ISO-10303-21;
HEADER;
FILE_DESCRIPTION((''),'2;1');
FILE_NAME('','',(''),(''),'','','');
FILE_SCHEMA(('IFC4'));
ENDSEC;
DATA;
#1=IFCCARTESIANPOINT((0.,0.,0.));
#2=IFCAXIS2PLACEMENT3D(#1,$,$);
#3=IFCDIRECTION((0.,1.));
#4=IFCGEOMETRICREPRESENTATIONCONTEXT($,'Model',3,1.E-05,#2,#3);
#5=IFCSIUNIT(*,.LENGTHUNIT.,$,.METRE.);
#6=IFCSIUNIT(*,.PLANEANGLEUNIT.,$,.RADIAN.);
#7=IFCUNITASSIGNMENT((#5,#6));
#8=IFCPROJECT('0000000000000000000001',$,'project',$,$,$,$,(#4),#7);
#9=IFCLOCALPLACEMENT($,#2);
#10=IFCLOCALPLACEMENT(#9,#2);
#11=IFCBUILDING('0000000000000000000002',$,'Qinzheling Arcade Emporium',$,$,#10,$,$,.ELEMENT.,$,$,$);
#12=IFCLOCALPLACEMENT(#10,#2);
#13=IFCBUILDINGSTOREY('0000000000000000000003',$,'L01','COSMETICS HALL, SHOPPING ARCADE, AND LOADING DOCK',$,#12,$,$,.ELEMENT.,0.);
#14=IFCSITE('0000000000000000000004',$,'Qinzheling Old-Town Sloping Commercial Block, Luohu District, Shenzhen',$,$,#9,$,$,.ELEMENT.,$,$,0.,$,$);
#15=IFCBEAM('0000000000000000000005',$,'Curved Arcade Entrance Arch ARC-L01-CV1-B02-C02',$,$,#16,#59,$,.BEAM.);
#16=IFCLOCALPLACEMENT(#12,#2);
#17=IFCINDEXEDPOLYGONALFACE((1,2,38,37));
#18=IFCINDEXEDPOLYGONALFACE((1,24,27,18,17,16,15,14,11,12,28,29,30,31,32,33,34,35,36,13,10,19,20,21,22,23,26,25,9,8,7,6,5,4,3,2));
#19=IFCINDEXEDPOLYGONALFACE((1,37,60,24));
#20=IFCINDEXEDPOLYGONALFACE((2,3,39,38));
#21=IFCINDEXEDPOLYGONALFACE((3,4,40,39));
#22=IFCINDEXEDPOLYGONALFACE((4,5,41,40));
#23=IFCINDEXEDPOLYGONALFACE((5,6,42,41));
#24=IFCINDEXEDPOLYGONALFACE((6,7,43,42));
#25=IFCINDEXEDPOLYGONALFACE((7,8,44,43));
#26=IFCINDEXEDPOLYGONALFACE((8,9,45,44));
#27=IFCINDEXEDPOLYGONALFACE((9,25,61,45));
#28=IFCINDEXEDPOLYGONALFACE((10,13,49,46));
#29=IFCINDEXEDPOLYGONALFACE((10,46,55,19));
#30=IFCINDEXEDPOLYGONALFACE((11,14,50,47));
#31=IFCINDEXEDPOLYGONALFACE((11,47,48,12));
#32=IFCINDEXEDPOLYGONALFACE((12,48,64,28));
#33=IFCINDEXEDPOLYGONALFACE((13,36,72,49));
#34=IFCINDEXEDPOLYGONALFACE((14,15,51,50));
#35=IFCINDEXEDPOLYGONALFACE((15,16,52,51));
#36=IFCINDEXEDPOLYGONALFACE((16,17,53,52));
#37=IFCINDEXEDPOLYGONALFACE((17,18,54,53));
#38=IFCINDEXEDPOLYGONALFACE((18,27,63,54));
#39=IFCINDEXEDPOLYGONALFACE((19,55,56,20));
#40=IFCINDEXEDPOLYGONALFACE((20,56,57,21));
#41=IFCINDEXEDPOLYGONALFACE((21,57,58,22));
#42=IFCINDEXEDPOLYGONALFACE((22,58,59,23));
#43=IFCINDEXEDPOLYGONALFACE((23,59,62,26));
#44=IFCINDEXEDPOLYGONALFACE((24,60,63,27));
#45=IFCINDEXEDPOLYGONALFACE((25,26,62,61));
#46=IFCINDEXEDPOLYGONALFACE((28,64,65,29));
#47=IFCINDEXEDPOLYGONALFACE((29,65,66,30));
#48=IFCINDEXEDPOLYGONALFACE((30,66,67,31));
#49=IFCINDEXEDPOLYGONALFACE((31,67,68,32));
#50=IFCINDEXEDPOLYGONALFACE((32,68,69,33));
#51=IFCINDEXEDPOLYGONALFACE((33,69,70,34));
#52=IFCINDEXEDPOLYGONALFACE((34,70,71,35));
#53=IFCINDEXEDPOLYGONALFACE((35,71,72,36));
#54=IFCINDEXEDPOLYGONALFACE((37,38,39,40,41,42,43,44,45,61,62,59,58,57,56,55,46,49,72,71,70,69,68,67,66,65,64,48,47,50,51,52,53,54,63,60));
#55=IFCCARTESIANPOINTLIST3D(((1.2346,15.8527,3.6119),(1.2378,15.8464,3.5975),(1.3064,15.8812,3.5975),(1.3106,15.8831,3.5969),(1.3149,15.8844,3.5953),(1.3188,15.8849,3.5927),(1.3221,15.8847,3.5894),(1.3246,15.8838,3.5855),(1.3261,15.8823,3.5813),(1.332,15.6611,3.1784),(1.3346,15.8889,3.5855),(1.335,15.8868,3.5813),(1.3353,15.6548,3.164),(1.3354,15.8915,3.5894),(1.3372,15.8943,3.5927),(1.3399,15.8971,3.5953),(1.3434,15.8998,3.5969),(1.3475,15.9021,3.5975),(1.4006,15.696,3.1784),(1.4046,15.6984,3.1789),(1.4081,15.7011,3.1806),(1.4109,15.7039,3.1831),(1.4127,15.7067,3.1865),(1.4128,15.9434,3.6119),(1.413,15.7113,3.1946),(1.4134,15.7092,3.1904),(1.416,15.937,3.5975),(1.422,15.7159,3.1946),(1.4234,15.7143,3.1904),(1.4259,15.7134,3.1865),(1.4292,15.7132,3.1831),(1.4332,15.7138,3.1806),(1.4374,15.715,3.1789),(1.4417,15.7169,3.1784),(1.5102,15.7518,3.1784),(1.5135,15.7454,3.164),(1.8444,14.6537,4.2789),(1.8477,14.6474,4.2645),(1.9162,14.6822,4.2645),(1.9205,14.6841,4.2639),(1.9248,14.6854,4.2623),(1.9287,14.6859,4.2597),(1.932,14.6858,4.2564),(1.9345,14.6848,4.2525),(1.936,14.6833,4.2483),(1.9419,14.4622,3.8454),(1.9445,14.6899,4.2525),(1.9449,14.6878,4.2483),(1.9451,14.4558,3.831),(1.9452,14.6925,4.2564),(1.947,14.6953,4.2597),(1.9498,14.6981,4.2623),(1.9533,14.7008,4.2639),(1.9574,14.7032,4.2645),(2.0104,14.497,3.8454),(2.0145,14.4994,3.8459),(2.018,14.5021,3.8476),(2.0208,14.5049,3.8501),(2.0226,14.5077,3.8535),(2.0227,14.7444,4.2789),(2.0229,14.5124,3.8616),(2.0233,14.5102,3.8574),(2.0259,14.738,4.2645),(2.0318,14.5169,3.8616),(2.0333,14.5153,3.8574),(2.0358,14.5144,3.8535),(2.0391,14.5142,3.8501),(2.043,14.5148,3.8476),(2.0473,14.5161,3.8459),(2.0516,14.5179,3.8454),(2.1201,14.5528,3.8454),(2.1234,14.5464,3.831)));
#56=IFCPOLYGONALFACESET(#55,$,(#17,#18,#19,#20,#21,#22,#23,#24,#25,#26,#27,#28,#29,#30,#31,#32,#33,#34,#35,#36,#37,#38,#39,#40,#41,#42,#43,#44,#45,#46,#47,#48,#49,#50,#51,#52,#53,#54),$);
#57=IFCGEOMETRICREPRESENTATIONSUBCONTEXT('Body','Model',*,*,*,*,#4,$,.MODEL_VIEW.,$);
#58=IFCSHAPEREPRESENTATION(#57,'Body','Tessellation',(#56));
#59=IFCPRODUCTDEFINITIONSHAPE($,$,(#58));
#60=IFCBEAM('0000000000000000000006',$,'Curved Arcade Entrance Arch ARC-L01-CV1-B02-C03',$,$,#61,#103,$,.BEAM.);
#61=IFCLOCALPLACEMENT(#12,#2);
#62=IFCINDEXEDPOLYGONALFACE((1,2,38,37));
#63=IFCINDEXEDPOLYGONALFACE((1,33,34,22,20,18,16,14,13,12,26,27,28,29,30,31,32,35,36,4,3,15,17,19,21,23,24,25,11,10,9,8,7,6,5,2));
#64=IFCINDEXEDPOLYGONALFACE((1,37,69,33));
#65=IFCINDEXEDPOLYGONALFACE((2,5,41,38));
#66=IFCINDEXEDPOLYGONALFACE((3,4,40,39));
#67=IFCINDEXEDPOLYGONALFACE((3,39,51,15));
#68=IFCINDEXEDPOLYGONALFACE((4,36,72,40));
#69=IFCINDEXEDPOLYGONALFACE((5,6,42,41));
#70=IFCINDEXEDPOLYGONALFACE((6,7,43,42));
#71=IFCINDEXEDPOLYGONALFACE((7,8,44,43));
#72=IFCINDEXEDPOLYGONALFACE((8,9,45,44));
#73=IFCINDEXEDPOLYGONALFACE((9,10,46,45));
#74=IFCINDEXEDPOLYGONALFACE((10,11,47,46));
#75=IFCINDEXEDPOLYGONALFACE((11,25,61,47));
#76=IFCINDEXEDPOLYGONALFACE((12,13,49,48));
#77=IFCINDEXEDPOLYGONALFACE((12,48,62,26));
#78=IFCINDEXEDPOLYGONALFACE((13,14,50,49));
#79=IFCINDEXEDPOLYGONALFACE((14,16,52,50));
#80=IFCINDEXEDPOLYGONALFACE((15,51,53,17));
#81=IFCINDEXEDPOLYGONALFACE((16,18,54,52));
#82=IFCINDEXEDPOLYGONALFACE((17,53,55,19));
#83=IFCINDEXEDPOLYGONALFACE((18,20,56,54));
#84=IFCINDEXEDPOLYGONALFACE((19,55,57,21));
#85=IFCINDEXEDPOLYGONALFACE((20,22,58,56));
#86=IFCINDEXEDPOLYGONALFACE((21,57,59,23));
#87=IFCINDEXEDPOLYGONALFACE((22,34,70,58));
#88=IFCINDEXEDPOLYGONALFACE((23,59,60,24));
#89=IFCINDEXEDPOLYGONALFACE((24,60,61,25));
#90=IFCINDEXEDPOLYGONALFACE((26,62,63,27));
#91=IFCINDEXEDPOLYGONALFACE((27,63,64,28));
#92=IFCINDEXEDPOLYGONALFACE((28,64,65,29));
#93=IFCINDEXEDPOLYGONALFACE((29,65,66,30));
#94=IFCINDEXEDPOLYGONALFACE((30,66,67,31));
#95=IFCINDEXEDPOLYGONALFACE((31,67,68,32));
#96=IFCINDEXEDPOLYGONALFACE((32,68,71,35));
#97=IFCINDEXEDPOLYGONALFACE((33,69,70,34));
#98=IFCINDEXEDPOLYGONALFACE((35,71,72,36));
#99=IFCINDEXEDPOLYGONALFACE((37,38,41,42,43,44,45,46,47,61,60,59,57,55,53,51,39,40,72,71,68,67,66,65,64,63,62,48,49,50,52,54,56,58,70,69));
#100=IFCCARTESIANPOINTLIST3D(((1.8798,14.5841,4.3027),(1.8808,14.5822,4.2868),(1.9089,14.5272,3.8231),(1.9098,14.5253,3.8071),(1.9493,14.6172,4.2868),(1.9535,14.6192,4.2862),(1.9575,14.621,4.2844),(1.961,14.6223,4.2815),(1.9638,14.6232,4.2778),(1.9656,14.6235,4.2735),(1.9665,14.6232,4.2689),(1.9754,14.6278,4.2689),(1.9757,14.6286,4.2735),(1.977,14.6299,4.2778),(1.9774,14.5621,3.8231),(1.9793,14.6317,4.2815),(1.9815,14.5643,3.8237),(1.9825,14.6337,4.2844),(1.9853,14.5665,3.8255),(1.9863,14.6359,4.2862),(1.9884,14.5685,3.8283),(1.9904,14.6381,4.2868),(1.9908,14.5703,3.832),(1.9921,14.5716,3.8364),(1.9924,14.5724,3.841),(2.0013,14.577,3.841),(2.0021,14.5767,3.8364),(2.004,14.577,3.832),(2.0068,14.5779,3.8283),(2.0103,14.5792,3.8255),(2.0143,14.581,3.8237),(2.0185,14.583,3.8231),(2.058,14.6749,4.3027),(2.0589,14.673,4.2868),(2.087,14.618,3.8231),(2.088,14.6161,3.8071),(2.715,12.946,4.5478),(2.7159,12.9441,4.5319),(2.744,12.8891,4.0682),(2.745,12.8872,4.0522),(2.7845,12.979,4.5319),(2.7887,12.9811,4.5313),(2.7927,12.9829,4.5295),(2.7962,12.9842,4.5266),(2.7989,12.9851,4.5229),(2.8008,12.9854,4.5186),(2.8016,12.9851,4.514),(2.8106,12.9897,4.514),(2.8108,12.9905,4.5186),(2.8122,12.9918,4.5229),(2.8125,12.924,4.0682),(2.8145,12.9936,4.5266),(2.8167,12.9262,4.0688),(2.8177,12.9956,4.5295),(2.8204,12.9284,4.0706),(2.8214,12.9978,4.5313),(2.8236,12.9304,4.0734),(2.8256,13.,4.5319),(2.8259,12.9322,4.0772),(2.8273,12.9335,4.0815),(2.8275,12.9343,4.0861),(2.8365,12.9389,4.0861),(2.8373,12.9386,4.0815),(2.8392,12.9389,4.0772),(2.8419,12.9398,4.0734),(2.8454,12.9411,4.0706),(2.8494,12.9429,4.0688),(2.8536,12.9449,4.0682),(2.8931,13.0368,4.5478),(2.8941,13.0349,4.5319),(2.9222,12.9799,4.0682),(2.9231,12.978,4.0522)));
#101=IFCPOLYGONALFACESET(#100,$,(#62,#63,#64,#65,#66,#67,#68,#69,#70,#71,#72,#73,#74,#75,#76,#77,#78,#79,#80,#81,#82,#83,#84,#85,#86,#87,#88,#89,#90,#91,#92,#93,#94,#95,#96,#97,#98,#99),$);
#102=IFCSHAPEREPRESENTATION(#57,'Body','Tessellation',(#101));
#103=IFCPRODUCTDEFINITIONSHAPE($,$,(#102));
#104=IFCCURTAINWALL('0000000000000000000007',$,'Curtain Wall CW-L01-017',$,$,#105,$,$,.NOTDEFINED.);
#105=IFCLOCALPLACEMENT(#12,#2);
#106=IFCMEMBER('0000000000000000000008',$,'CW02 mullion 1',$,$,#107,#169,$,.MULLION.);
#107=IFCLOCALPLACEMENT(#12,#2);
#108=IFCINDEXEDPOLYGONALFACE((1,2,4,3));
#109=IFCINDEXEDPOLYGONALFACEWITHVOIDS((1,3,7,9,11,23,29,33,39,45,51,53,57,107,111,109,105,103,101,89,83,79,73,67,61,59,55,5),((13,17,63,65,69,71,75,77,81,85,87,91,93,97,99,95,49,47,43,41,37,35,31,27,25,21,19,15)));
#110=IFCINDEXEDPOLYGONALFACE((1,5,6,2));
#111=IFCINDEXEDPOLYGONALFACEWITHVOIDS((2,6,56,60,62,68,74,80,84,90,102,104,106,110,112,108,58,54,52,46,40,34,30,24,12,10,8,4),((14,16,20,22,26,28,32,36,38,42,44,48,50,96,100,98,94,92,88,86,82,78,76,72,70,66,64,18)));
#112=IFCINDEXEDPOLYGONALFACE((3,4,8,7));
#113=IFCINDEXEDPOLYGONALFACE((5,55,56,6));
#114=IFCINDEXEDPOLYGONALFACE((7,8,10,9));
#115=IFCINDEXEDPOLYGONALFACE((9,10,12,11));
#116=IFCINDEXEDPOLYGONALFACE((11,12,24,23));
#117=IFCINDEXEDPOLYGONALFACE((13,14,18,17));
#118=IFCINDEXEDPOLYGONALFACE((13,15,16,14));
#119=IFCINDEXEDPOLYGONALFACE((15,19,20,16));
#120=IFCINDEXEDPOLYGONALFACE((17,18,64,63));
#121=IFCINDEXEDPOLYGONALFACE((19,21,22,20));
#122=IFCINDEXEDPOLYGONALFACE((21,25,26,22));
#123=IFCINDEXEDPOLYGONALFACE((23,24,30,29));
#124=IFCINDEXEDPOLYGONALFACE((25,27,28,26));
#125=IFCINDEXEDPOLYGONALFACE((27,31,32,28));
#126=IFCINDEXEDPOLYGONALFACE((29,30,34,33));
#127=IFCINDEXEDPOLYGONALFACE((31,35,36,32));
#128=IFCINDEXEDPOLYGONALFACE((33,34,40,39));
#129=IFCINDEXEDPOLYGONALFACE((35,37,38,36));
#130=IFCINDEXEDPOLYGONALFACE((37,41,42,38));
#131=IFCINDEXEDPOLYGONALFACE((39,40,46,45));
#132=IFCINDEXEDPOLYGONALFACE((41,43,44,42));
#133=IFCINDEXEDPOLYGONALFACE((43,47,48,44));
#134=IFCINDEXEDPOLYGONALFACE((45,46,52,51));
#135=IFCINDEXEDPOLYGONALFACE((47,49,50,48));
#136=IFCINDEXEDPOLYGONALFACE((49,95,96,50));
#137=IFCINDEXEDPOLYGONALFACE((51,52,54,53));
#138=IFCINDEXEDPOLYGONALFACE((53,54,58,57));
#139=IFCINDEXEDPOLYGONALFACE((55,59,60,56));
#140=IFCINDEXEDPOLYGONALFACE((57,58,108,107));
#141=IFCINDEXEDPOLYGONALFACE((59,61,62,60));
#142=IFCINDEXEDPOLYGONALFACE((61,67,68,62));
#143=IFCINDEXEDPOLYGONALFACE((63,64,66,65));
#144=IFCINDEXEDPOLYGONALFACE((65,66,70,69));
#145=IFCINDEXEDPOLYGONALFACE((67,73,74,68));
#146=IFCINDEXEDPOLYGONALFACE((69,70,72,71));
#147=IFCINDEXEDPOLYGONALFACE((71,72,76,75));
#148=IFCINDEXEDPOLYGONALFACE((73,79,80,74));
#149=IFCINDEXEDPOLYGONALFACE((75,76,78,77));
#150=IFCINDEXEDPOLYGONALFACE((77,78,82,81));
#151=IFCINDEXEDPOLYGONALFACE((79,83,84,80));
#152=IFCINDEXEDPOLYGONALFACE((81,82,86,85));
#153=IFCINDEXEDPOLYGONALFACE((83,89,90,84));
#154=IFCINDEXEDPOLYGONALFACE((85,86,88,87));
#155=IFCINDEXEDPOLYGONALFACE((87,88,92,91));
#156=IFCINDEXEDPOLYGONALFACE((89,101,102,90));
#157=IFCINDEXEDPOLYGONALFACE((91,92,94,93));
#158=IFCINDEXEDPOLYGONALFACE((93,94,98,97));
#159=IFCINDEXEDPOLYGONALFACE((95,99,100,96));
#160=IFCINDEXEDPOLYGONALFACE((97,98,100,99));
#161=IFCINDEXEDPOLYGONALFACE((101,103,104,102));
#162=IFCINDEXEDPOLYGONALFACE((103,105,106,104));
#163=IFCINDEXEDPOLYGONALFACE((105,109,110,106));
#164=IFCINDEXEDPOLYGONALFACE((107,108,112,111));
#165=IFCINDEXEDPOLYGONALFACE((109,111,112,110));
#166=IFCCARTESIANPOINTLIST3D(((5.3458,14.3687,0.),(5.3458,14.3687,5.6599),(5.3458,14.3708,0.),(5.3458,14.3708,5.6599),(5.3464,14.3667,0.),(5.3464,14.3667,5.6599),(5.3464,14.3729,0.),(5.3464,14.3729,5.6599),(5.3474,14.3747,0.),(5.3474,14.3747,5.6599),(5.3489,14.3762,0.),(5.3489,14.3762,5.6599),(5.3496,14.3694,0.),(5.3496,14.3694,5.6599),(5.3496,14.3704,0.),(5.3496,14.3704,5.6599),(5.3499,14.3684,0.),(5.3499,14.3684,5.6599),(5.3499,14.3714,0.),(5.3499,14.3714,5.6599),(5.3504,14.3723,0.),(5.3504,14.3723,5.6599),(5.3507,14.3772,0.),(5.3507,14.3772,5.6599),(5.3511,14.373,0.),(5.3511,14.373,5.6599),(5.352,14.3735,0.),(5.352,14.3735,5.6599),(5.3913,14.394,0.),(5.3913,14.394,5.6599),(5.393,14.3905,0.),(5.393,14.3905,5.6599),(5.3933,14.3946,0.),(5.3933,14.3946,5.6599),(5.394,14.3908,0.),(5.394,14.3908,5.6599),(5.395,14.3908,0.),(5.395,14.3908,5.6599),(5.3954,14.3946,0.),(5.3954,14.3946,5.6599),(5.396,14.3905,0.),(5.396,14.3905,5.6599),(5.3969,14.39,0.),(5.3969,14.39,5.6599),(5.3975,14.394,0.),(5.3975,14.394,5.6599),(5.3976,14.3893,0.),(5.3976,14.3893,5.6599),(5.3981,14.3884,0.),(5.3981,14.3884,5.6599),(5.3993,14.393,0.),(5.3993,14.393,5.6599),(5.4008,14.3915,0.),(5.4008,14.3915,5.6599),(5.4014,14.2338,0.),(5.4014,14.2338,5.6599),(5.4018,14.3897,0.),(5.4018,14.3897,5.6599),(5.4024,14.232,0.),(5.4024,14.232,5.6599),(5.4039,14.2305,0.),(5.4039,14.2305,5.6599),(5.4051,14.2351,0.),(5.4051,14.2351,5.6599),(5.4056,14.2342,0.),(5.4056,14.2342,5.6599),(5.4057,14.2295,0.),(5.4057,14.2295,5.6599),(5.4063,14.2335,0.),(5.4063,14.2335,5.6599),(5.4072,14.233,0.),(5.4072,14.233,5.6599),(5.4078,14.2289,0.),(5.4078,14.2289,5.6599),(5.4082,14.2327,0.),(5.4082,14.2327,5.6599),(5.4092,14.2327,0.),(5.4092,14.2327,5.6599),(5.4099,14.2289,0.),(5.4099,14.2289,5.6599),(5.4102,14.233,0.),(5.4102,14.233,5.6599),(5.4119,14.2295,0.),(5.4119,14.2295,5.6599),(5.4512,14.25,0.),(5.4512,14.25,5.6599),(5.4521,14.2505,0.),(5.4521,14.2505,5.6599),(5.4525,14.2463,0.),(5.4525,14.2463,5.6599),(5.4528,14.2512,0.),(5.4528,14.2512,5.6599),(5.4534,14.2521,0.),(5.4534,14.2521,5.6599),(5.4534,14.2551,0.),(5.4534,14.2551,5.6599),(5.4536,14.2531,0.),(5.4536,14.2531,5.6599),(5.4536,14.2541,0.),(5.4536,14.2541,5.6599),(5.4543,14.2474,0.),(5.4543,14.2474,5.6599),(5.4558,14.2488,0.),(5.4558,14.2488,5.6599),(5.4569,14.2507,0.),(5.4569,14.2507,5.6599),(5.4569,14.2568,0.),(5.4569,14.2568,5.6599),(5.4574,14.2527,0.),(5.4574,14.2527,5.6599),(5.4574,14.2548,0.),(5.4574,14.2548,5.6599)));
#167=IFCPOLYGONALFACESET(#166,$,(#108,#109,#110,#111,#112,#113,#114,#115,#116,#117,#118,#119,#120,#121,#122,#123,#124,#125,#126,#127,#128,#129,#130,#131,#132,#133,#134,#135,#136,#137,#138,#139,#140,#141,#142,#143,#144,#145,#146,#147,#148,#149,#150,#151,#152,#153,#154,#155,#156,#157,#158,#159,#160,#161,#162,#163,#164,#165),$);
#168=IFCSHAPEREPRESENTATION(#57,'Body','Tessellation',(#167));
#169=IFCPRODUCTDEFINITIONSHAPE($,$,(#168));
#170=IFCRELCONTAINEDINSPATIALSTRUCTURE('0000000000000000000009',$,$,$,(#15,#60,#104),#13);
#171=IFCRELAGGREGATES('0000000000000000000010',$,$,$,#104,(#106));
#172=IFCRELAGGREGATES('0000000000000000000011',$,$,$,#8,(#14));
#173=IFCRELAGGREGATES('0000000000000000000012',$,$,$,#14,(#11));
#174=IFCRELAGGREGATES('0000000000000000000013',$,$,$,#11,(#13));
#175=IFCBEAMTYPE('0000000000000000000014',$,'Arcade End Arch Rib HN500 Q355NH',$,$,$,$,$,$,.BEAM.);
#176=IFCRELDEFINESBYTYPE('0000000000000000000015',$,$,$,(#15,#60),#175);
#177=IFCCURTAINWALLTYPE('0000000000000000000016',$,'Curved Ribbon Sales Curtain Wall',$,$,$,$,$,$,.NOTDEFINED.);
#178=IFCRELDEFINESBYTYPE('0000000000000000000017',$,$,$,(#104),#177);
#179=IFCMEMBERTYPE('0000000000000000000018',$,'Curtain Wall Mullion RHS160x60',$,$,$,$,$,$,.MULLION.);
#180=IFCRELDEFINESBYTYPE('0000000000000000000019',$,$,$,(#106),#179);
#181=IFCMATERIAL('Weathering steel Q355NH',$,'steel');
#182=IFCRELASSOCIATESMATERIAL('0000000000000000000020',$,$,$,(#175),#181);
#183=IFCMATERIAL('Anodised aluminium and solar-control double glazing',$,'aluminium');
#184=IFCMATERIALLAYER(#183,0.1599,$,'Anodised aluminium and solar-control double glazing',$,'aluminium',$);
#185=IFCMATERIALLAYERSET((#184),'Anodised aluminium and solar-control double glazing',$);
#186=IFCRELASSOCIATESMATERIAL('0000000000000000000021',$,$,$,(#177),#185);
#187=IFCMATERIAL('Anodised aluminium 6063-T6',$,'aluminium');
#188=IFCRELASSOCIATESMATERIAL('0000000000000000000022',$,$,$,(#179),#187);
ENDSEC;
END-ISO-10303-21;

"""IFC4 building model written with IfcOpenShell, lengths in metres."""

from ifc_helpers import new_model, si_unit, direction, frame, origin, origin_2d, place, context, subcontext, project, spatial, hollow_rectangle, i_section, extrude, material, layer, layer_set, material_profile, profile_set, type_object, element, aggregate, save


model = new_model("IFC4")

# Units and contexts
model_context = context("Model", 3, precision=1e-05, world=origin(), true_north=direction((0.0, 1.0)))
body_context = subcontext(model_context, "Body", "Model", "MODEL_VIEW")
ifc_project = project(units=[si_unit("LENGTHUNIT", "METRE"), si_unit("PLANEANGLEUNIT", "RADIAN")], contexts=[model_context])

# Site, building, storey
site_placement = place(None, origin())
site = spatial("IfcSite", under=ifc_project, at=site_placement, Name="Qinzheling Old-Town Sloping Commercial Block, Luohu District, Shenzhen", CompositionType="ELEMENT", RefElevation=0.0)
building_placement = place(site_placement, origin())
building = spatial("IfcBuilding", under=site, at=building_placement, Name="Qinzheling Arcade Emporium", CompositionType="ELEMENT")
storey_placement = place(building_placement, origin())
storey = spatial("IfcBuildingStorey", under=building, at=storey_placement, Name="L01", Description="COSMETICS HALL, SHOPPING ARCADE, AND LOADING DOCK", CompositionType="ELEMENT", Elevation=0.0)

# Beams
ifc_material_1 = material(Name="Weathering steel Q355NH", Category="steel")
ifc_material_profile_1 = material_profile(ifc_material_1, i_section(OverallWidth=0.2, OverallDepth=0.5, WebThickness=0.01, FlangeThickness=0.0161, FilletRadius=0.0181, at=origin_2d()), Name="HN 500x200x10x16", Category="steel")
ifc_profile_set_1 = profile_set([ifc_material_profile_1], Name="Weathering steel Q355NH")
beam_type_1 = type_object("IfcBeamType", Name="Arcade End Arch Rib HN500 Q355NH", PredefinedType="BEAM", material=ifc_profile_set_1)
beam_1_placement = place(storey_placement, frame((1.374, 15.7991, 3.3879), z_axis=(0.406183, -0.798545, 0.444232), x_axis=(0.89132, 0.453374, 0.0)))
element("IfcBeam", 1, at=beam_1_placement, inside=storey, type_object=beam_type_1, Name="Curved Arcade Entrance Arch ARC-L01-CV1-B02-C02", PredefinedType="BEAM", context=body_context, shape_type="SweptSolid", body=[
    extrude(i_section(OverallWidth=0.2, OverallDepth=0.5, WebThickness=0.01, FlangeThickness=0.0161, FilletRadius=0.0181, at=origin_2d()), origin(), (0.0, 0.0, 1.0), 1.5015),
])
beam_2_placement = place(storey_placement, frame((1.9839, 14.6001, 4.0549), z_axis=(0.450228, -0.883083, 0.132133), x_axis=(0.890895, 0.45421, 0.0)))
element("IfcBeam", 2, at=beam_2_placement, inside=storey, type_object=beam_type_1, Name="Curved Arcade Entrance Arch ARC-L01-CV1-B02-C03", PredefinedType="BEAM", context=body_context, shape_type="SweptSolid", body=[
    extrude(i_section(OverallWidth=0.2, OverallDepth=0.5, WebThickness=0.01, FlangeThickness=0.0161, FilletRadius=0.0181, at=origin_2d()), origin(), (0.0, 0.0, 1.0), 1.855),
])

# Curtain wall, member
ifc_material_2 = material(Name="Anodised aluminium and solar-control double glazing", Category="aluminium")
ifc_layer_1 = layer(ifc_material_2, 0.1599, Name="Anodised aluminium and solar-control double glazing", Category="aluminium")
ifc_layer_set_1 = layer_set([ifc_layer_1], Name="Anodised aluminium and solar-control double glazing")
curtain_wall_type = type_object("IfcCurtainWallType", Name="Curved Ribbon Sales Curtain Wall", PredefinedType="NOTDEFINED", material=ifc_layer_set_1)
curtain_wall_1_placement = place(storey_placement, origin())
curtain_wall_1 = element("IfcCurtainWall", 3, at=curtain_wall_1_placement, inside=storey, type_object=curtain_wall_type, Name="Curtain Wall CW-L01-017", PredefinedType="NOTDEFINED")
ifc_material_3 = material(Name="Anodised aluminium 6063-T6", Category="aluminium")
ifc_material_profile_2 = material_profile(ifc_material_3, hollow_rectangle(XDim=0.0601, YDim=0.1599, WallThickness=0.0039, InnerFilletRadius=0.0039, OuterFilletRadius=0.0081, at=origin_2d()), Name="RHS 160x60x4", Category="aluminium")
ifc_profile_set_2 = profile_set([ifc_material_profile_2], Name="Anodised aluminium 6063-T6")
member_type_1 = type_object("IfcMemberType", Name="Curtain Wall Mullion RHS160x60", PredefinedType="MULLION", material=ifc_profile_set_2)
member_1_placement = place(storey_placement, frame((5.4016, 14.3118, 0.0), z_axis=(0.0, 0.0, 1.0), x_axis=(-0.923883, -0.382675, 0.0)))
member_1 = element("IfcMember", 4, at=member_1_placement, type_object=member_type_1, Name="CW02 mullion 1", PredefinedType="MULLION", context=body_context, shape_type="SweptSolid", body=[
    extrude(hollow_rectangle(XDim=0.0601, YDim=0.1599, WallThickness=0.0039, InnerFilletRadius=0.0039, OuterFilletRadius=0.0081, at=origin_2d()), origin(), (0.0, 0.0, 1.0), 5.6599),
])

aggregate(curtain_wall_1, [member_1])

save(model, "model.ifc")
